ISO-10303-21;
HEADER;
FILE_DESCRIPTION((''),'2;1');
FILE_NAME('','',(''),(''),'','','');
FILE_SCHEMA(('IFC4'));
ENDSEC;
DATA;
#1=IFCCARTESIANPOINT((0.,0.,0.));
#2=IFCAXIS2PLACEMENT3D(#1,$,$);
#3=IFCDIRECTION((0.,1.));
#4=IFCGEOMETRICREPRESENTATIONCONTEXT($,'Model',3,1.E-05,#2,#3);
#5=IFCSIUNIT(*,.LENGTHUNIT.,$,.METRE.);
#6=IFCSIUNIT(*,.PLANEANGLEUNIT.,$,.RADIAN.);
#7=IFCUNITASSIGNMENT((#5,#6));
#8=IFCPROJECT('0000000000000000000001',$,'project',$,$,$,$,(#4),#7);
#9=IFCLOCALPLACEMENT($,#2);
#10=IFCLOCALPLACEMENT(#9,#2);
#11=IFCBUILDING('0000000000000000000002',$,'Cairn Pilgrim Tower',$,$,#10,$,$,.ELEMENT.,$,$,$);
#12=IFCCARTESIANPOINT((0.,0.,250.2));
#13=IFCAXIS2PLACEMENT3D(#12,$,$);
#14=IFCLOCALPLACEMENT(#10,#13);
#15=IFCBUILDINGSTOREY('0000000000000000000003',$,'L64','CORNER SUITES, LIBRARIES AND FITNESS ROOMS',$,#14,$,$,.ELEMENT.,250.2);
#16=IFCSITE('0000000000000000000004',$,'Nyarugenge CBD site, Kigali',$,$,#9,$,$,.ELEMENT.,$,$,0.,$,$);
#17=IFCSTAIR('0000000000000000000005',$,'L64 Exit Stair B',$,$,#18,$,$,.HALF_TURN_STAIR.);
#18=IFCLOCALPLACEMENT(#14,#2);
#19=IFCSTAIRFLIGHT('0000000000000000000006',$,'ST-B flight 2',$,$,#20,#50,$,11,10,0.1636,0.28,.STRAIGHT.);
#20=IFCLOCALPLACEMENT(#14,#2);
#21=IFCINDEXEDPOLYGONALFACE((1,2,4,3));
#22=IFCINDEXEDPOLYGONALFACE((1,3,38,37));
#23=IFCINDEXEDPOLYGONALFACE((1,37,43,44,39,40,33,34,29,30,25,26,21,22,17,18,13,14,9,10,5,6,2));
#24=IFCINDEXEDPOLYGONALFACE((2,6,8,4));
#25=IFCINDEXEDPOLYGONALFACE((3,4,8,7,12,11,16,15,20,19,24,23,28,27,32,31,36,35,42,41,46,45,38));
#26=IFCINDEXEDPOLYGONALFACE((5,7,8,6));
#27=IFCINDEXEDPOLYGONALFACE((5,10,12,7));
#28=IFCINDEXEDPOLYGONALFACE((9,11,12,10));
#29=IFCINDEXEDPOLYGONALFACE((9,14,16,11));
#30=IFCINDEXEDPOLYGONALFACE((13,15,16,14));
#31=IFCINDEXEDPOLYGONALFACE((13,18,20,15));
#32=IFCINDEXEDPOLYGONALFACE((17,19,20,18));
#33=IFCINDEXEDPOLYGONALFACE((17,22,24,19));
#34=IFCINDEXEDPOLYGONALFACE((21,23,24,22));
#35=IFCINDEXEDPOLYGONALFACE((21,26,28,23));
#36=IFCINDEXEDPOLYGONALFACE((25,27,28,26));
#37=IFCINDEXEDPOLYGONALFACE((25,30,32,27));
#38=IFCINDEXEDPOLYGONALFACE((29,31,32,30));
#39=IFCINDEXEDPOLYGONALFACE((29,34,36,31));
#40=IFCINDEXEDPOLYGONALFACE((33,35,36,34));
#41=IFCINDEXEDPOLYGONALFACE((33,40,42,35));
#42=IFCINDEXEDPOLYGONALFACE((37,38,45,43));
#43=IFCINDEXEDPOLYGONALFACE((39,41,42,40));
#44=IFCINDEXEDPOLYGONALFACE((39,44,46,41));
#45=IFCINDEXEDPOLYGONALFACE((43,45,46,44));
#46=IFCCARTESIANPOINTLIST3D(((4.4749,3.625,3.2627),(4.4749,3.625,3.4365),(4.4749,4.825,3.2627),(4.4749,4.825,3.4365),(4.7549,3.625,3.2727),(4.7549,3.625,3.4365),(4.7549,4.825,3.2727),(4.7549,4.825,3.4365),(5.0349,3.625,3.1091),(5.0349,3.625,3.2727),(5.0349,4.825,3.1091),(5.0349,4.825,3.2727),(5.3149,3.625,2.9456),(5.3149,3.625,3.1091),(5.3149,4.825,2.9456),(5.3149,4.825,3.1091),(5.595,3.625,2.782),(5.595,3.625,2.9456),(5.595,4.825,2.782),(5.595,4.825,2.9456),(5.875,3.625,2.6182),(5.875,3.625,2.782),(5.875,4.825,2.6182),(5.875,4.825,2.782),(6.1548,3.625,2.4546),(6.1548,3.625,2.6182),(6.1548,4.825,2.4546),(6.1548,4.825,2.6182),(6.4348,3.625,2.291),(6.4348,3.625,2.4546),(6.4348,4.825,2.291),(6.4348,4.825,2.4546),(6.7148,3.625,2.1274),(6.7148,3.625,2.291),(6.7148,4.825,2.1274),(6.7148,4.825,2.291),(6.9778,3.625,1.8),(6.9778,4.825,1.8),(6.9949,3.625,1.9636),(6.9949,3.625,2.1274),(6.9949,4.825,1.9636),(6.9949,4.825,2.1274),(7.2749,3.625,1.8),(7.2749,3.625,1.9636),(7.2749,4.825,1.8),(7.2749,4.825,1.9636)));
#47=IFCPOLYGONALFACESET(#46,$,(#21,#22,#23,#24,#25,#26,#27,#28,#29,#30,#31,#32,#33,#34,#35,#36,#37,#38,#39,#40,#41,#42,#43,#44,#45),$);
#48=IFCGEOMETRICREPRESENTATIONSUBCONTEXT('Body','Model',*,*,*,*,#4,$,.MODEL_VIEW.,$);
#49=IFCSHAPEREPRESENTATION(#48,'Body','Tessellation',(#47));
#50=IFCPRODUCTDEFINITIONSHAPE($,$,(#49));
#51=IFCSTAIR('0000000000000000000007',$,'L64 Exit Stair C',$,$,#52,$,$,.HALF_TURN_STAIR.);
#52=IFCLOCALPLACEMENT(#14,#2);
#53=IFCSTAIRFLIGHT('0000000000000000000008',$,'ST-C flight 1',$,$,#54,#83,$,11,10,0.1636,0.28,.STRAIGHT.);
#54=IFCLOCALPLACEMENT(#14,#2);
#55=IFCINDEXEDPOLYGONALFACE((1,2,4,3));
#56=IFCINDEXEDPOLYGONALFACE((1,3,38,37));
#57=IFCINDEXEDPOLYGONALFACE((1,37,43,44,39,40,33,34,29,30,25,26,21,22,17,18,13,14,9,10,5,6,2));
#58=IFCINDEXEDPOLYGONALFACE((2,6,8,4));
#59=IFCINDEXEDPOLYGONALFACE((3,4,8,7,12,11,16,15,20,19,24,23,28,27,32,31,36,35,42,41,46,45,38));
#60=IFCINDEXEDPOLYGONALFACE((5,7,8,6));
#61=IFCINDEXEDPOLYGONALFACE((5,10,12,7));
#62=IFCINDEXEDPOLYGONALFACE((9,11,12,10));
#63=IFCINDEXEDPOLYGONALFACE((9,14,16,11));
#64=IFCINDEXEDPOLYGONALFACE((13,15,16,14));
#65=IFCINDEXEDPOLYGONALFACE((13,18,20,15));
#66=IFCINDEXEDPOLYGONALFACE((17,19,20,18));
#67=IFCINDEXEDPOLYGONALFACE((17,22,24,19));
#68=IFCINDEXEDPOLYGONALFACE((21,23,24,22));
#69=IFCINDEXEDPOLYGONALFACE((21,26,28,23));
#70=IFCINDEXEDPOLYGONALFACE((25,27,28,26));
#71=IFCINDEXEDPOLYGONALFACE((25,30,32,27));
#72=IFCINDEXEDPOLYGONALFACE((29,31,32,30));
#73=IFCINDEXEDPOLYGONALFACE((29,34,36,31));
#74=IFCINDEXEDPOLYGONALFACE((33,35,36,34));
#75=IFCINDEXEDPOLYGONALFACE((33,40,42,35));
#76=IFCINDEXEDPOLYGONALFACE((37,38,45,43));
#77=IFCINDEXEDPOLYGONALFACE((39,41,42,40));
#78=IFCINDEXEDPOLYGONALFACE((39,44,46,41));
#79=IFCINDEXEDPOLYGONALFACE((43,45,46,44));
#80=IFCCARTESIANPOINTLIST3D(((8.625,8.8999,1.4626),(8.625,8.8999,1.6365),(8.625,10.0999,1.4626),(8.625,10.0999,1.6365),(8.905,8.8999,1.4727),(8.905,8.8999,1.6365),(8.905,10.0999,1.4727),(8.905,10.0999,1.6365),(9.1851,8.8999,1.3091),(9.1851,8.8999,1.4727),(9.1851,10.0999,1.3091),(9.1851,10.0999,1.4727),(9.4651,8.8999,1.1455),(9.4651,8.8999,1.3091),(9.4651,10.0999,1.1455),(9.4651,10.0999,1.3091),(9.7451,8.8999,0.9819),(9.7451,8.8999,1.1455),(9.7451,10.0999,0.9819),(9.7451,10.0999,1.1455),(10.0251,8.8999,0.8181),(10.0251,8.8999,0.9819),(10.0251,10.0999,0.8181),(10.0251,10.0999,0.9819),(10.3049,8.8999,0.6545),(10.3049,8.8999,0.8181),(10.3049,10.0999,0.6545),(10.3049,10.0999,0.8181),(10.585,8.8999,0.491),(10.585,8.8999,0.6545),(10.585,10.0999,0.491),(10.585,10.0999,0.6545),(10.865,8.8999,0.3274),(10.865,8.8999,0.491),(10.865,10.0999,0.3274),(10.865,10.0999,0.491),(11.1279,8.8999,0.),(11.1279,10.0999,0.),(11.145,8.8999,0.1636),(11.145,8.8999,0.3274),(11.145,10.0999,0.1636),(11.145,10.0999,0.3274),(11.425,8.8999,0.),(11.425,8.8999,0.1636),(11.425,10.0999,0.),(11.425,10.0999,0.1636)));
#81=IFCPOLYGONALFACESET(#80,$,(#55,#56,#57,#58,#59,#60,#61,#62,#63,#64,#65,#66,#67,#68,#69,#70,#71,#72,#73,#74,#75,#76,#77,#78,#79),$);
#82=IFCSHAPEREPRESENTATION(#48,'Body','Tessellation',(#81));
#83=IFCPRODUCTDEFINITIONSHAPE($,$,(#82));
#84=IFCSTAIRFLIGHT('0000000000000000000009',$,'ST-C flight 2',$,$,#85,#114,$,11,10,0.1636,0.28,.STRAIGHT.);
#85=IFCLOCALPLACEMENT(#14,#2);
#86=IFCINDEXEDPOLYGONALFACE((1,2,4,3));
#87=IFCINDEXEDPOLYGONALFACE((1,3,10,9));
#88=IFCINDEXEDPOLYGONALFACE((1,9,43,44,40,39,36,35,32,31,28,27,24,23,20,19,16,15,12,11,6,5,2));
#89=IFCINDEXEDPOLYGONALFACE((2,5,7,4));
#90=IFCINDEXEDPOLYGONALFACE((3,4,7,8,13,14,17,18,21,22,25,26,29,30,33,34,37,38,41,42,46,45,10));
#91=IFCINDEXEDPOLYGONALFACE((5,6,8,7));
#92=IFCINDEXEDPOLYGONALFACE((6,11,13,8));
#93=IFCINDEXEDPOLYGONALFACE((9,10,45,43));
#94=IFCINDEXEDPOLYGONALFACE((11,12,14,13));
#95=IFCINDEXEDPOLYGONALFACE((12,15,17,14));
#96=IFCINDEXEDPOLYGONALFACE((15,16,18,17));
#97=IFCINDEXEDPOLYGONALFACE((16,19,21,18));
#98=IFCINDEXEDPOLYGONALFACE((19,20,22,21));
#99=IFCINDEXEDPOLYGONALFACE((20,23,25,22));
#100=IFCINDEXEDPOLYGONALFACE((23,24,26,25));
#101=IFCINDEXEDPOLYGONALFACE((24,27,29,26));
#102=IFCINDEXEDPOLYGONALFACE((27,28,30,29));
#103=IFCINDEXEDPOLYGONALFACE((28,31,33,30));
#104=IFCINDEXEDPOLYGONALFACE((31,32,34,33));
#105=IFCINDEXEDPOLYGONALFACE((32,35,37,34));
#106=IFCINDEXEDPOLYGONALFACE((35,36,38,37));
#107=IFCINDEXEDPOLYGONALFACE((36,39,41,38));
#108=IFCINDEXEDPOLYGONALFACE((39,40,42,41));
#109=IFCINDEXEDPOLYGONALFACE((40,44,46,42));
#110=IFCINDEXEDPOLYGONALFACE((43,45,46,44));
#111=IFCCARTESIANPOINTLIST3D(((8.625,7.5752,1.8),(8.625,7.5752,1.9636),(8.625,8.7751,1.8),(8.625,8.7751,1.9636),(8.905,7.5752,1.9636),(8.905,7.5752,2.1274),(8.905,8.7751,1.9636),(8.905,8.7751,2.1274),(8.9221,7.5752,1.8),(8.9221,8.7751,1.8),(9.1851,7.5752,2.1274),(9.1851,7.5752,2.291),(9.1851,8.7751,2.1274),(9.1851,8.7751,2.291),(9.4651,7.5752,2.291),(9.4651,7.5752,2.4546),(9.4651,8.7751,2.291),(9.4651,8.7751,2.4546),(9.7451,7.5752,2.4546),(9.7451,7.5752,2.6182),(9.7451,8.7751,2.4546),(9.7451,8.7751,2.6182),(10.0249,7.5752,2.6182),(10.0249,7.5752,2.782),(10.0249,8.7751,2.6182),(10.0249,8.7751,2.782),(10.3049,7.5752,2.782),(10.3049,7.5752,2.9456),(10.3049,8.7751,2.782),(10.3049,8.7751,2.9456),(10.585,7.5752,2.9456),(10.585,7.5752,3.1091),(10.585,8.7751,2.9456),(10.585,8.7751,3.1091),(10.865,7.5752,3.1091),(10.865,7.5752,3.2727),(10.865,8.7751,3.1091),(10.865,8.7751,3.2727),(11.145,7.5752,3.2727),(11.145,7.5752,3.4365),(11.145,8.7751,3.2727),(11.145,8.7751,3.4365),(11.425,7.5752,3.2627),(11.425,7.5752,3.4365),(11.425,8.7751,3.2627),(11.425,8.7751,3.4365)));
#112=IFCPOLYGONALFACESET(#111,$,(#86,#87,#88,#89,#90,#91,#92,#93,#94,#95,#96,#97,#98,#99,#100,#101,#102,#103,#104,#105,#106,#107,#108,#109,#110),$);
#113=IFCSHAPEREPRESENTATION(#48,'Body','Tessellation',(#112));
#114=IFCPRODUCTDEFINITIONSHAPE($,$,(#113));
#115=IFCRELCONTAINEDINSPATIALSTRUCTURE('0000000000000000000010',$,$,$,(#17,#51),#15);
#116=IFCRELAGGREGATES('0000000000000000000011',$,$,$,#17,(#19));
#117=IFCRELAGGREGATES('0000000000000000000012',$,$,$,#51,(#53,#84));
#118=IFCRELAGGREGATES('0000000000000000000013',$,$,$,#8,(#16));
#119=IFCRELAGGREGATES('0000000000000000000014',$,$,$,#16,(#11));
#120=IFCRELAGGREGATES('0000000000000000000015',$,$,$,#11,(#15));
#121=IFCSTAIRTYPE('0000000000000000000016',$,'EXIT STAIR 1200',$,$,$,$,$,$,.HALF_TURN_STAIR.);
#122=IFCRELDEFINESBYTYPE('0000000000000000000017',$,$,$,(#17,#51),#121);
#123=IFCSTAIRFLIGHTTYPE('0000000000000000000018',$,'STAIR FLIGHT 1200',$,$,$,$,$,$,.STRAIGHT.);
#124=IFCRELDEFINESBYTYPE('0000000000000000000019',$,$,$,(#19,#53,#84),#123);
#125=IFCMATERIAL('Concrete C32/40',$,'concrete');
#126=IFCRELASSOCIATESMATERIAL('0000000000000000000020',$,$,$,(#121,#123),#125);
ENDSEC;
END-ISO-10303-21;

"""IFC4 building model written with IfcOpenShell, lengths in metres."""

from ifc_helpers import new_model, si_unit, direction, frame, origin, place, context, subcontext, project, spatial, polyline, outline, extrude, material, type_object, element, aggregate, save


model = new_model("IFC4")

# Units and contexts
model_context = context("Model", 3, precision=1e-05, world=origin(), true_north=direction((0.0, 1.0)))
body_context = subcontext(model_context, "Body", "Model", "MODEL_VIEW")
ifc_project = project(units=[si_unit("LENGTHUNIT", "METRE"), si_unit("PLANEANGLEUNIT", "RADIAN")], contexts=[model_context])

# Site, building, storey
site_placement = place(None, origin())
site = spatial("IfcSite", under=ifc_project, at=site_placement, Name="Nyarugenge CBD site, Kigali", CompositionType="ELEMENT", RefElevation=0.0)
building_placement = place(site_placement, origin())
building = spatial("IfcBuilding", under=site, at=building_placement, Name="Cairn Pilgrim Tower", CompositionType="ELEMENT")
storey_placement = place(building_placement, frame((0.0, 0.0, 250.2)))
storey = spatial("IfcBuildingStorey", under=building, at=storey_placement, Name="L64", Description="CORNER SUITES, LIBRARIES AND FITNESS ROOMS", CompositionType="ELEMENT", Elevation=250.2)

# Shared definitions
ifc_material_1 = material(Name="Concrete C32/40", Category="concrete")

# Stairs, stair flights
stair_type = type_object("IfcStairType", Name="EXIT STAIR 1200", PredefinedType="HALF_TURN_STAIR", material=ifc_material_1)
stair_1_placement = place(storey_placement, origin())
stair_1 = element("IfcStair", 1, at=stair_1_placement, inside=storey, type_object=stair_type, Name="L64 Exit Stair B", PredefinedType="HALF_TURN_STAIR")
stair_flight_type = type_object("IfcStairFlightType", Name="STAIR FLIGHT 1200", PredefinedType="STRAIGHT", material=ifc_material_1)
stair_flight_1_placement = place(storey_placement, frame((7.2749, 4.2251, 1.8), z_axis=(0.0, 0.0, 1.0), x_axis=(-1.0, 0.0, 0.0)))
stair_flight_1 = element("IfcStairFlight", 2, at=stair_flight_1_placement, type_object=stair_flight_type, Name="ST-B flight 2", NumberOfRisers=11, NumberOfTreads=10, PredefinedType="STRAIGHT", RiserHeight=0.1636, TreadLength=0.28, context=body_context, shape_type="SweptSolid", body=[
    extrude(outline(polyline([(0.0, 0.0), (0.0, 0.1636), (0.28, 0.1636), (0.28, 0.3274), (0.5601, 0.3274), (0.5601, 0.491), (0.8401, 0.491), (0.8401, 0.6545), (1.1201, 0.6545), (1.1201, 0.8181), (1.3999, 0.8181), (1.3999, 0.9819), (1.6799, 0.9819), (1.6799, 1.1455), (1.96, 1.1455), (1.96, 1.3091), (2.24, 1.3091), (2.24, 1.4727), (2.52, 1.4727), (2.52, 1.6365), (2.8, 1.6365), (2.8, 1.8), (2.8, 1.4626), (0.2971, 0.0), (0.0, 0.0)])), frame((0.0, 0.6001, 0.0), z_axis=(0.0, -1.0, 0.0), x_axis=(1.0, 0.0, 0.0)), (0.0, 0.0, 1.0), 1.2),
])
aggregate(stair_1, [stair_flight_1])
stair_2_placement = place(storey_placement, origin())
stair_2 = element("IfcStair", 3, at=stair_2_placement, inside=storey, type_object=stair_type, Name="L64 Exit Stair C", PredefinedType="HALF_TURN_STAIR")
stair_flight_2_placement = place(storey_placement, frame((11.425, 9.5, 0.0), z_axis=(0.0, 0.0, 1.0), x_axis=(-1.0, 0.0, 0.0)))
stair_flight_2 = element("IfcStairFlight", 4, at=stair_flight_2_placement, type_object=stair_flight_type, Name="ST-C flight 1", NumberOfRisers=11, NumberOfTreads=10, PredefinedType="STRAIGHT", RiserHeight=0.1636, TreadLength=0.28, context=body_context, shape_type="SweptSolid", body=[
    extrude(outline(polyline([(0.0, 0.0), (0.0, 0.1636), (0.28, 0.1636), (0.28, 0.3274), (0.5601, 0.3274), (0.5601, 0.491), (0.8401, 0.491), (0.8401, 0.6545), (1.1201, 0.6545), (1.1201, 0.8181), (1.3999, 0.8181), (1.3999, 0.9819), (1.6799, 0.9819), (1.6799, 1.1455), (1.96, 1.1455), (1.96, 1.3091), (2.24, 1.3091), (2.24, 1.4727), (2.52, 1.4727), (2.52, 1.6365), (2.8, 1.6365), (2.8, 1.8), (2.8, 1.4626), (0.2971, 0.0), (0.0, 0.0)])), frame((0.0, 0.6001, 0.0), z_axis=(0.0, -1.0, 0.0), x_axis=(1.0, 0.0, 0.0)), (0.0, 0.0, 1.0), 1.2),
])
stair_flight_3_placement = place(storey_placement, frame((8.625, 8.175, 1.8), z_axis=(0.0, 0.0, 1.0), x_axis=(1.0, 0.0, 0.0)))
stair_flight_3 = element("IfcStairFlight", 5, at=stair_flight_3_placement, type_object=stair_flight_type, Name="ST-C flight 2", NumberOfRisers=11, NumberOfTreads=10, PredefinedType="STRAIGHT", RiserHeight=0.1636, TreadLength=0.28, context=body_context, shape_type="SweptSolid", body=[
    extrude(outline(polyline([(0.0, 0.0), (0.0, 0.1636), (0.28, 0.1636), (0.28, 0.3274), (0.5601, 0.3274), (0.5601, 0.491), (0.8401, 0.491), (0.8401, 0.6545), (1.1201, 0.6545), (1.1201, 0.8181), (1.3999, 0.8181), (1.3999, 0.9819), (1.6799, 0.9819), (1.6799, 1.1455), (1.96, 1.1455), (1.96, 1.3091), (2.24, 1.3091), (2.24, 1.4727), (2.52, 1.4727), (2.52, 1.6365), (2.8, 1.6365), (2.8, 1.8), (2.8, 1.4626), (0.2971, 0.0), (0.0, 0.0)])), frame((0.0, 0.6001, 0.0), z_axis=(0.0, -1.0, 0.0), x_axis=(1.0, 0.0, 0.0)), (0.0, 0.0, 1.0), 1.2),
])
aggregate(stair_2, [stair_flight_2, stair_flight_3])

save(model, "model.ifc")
